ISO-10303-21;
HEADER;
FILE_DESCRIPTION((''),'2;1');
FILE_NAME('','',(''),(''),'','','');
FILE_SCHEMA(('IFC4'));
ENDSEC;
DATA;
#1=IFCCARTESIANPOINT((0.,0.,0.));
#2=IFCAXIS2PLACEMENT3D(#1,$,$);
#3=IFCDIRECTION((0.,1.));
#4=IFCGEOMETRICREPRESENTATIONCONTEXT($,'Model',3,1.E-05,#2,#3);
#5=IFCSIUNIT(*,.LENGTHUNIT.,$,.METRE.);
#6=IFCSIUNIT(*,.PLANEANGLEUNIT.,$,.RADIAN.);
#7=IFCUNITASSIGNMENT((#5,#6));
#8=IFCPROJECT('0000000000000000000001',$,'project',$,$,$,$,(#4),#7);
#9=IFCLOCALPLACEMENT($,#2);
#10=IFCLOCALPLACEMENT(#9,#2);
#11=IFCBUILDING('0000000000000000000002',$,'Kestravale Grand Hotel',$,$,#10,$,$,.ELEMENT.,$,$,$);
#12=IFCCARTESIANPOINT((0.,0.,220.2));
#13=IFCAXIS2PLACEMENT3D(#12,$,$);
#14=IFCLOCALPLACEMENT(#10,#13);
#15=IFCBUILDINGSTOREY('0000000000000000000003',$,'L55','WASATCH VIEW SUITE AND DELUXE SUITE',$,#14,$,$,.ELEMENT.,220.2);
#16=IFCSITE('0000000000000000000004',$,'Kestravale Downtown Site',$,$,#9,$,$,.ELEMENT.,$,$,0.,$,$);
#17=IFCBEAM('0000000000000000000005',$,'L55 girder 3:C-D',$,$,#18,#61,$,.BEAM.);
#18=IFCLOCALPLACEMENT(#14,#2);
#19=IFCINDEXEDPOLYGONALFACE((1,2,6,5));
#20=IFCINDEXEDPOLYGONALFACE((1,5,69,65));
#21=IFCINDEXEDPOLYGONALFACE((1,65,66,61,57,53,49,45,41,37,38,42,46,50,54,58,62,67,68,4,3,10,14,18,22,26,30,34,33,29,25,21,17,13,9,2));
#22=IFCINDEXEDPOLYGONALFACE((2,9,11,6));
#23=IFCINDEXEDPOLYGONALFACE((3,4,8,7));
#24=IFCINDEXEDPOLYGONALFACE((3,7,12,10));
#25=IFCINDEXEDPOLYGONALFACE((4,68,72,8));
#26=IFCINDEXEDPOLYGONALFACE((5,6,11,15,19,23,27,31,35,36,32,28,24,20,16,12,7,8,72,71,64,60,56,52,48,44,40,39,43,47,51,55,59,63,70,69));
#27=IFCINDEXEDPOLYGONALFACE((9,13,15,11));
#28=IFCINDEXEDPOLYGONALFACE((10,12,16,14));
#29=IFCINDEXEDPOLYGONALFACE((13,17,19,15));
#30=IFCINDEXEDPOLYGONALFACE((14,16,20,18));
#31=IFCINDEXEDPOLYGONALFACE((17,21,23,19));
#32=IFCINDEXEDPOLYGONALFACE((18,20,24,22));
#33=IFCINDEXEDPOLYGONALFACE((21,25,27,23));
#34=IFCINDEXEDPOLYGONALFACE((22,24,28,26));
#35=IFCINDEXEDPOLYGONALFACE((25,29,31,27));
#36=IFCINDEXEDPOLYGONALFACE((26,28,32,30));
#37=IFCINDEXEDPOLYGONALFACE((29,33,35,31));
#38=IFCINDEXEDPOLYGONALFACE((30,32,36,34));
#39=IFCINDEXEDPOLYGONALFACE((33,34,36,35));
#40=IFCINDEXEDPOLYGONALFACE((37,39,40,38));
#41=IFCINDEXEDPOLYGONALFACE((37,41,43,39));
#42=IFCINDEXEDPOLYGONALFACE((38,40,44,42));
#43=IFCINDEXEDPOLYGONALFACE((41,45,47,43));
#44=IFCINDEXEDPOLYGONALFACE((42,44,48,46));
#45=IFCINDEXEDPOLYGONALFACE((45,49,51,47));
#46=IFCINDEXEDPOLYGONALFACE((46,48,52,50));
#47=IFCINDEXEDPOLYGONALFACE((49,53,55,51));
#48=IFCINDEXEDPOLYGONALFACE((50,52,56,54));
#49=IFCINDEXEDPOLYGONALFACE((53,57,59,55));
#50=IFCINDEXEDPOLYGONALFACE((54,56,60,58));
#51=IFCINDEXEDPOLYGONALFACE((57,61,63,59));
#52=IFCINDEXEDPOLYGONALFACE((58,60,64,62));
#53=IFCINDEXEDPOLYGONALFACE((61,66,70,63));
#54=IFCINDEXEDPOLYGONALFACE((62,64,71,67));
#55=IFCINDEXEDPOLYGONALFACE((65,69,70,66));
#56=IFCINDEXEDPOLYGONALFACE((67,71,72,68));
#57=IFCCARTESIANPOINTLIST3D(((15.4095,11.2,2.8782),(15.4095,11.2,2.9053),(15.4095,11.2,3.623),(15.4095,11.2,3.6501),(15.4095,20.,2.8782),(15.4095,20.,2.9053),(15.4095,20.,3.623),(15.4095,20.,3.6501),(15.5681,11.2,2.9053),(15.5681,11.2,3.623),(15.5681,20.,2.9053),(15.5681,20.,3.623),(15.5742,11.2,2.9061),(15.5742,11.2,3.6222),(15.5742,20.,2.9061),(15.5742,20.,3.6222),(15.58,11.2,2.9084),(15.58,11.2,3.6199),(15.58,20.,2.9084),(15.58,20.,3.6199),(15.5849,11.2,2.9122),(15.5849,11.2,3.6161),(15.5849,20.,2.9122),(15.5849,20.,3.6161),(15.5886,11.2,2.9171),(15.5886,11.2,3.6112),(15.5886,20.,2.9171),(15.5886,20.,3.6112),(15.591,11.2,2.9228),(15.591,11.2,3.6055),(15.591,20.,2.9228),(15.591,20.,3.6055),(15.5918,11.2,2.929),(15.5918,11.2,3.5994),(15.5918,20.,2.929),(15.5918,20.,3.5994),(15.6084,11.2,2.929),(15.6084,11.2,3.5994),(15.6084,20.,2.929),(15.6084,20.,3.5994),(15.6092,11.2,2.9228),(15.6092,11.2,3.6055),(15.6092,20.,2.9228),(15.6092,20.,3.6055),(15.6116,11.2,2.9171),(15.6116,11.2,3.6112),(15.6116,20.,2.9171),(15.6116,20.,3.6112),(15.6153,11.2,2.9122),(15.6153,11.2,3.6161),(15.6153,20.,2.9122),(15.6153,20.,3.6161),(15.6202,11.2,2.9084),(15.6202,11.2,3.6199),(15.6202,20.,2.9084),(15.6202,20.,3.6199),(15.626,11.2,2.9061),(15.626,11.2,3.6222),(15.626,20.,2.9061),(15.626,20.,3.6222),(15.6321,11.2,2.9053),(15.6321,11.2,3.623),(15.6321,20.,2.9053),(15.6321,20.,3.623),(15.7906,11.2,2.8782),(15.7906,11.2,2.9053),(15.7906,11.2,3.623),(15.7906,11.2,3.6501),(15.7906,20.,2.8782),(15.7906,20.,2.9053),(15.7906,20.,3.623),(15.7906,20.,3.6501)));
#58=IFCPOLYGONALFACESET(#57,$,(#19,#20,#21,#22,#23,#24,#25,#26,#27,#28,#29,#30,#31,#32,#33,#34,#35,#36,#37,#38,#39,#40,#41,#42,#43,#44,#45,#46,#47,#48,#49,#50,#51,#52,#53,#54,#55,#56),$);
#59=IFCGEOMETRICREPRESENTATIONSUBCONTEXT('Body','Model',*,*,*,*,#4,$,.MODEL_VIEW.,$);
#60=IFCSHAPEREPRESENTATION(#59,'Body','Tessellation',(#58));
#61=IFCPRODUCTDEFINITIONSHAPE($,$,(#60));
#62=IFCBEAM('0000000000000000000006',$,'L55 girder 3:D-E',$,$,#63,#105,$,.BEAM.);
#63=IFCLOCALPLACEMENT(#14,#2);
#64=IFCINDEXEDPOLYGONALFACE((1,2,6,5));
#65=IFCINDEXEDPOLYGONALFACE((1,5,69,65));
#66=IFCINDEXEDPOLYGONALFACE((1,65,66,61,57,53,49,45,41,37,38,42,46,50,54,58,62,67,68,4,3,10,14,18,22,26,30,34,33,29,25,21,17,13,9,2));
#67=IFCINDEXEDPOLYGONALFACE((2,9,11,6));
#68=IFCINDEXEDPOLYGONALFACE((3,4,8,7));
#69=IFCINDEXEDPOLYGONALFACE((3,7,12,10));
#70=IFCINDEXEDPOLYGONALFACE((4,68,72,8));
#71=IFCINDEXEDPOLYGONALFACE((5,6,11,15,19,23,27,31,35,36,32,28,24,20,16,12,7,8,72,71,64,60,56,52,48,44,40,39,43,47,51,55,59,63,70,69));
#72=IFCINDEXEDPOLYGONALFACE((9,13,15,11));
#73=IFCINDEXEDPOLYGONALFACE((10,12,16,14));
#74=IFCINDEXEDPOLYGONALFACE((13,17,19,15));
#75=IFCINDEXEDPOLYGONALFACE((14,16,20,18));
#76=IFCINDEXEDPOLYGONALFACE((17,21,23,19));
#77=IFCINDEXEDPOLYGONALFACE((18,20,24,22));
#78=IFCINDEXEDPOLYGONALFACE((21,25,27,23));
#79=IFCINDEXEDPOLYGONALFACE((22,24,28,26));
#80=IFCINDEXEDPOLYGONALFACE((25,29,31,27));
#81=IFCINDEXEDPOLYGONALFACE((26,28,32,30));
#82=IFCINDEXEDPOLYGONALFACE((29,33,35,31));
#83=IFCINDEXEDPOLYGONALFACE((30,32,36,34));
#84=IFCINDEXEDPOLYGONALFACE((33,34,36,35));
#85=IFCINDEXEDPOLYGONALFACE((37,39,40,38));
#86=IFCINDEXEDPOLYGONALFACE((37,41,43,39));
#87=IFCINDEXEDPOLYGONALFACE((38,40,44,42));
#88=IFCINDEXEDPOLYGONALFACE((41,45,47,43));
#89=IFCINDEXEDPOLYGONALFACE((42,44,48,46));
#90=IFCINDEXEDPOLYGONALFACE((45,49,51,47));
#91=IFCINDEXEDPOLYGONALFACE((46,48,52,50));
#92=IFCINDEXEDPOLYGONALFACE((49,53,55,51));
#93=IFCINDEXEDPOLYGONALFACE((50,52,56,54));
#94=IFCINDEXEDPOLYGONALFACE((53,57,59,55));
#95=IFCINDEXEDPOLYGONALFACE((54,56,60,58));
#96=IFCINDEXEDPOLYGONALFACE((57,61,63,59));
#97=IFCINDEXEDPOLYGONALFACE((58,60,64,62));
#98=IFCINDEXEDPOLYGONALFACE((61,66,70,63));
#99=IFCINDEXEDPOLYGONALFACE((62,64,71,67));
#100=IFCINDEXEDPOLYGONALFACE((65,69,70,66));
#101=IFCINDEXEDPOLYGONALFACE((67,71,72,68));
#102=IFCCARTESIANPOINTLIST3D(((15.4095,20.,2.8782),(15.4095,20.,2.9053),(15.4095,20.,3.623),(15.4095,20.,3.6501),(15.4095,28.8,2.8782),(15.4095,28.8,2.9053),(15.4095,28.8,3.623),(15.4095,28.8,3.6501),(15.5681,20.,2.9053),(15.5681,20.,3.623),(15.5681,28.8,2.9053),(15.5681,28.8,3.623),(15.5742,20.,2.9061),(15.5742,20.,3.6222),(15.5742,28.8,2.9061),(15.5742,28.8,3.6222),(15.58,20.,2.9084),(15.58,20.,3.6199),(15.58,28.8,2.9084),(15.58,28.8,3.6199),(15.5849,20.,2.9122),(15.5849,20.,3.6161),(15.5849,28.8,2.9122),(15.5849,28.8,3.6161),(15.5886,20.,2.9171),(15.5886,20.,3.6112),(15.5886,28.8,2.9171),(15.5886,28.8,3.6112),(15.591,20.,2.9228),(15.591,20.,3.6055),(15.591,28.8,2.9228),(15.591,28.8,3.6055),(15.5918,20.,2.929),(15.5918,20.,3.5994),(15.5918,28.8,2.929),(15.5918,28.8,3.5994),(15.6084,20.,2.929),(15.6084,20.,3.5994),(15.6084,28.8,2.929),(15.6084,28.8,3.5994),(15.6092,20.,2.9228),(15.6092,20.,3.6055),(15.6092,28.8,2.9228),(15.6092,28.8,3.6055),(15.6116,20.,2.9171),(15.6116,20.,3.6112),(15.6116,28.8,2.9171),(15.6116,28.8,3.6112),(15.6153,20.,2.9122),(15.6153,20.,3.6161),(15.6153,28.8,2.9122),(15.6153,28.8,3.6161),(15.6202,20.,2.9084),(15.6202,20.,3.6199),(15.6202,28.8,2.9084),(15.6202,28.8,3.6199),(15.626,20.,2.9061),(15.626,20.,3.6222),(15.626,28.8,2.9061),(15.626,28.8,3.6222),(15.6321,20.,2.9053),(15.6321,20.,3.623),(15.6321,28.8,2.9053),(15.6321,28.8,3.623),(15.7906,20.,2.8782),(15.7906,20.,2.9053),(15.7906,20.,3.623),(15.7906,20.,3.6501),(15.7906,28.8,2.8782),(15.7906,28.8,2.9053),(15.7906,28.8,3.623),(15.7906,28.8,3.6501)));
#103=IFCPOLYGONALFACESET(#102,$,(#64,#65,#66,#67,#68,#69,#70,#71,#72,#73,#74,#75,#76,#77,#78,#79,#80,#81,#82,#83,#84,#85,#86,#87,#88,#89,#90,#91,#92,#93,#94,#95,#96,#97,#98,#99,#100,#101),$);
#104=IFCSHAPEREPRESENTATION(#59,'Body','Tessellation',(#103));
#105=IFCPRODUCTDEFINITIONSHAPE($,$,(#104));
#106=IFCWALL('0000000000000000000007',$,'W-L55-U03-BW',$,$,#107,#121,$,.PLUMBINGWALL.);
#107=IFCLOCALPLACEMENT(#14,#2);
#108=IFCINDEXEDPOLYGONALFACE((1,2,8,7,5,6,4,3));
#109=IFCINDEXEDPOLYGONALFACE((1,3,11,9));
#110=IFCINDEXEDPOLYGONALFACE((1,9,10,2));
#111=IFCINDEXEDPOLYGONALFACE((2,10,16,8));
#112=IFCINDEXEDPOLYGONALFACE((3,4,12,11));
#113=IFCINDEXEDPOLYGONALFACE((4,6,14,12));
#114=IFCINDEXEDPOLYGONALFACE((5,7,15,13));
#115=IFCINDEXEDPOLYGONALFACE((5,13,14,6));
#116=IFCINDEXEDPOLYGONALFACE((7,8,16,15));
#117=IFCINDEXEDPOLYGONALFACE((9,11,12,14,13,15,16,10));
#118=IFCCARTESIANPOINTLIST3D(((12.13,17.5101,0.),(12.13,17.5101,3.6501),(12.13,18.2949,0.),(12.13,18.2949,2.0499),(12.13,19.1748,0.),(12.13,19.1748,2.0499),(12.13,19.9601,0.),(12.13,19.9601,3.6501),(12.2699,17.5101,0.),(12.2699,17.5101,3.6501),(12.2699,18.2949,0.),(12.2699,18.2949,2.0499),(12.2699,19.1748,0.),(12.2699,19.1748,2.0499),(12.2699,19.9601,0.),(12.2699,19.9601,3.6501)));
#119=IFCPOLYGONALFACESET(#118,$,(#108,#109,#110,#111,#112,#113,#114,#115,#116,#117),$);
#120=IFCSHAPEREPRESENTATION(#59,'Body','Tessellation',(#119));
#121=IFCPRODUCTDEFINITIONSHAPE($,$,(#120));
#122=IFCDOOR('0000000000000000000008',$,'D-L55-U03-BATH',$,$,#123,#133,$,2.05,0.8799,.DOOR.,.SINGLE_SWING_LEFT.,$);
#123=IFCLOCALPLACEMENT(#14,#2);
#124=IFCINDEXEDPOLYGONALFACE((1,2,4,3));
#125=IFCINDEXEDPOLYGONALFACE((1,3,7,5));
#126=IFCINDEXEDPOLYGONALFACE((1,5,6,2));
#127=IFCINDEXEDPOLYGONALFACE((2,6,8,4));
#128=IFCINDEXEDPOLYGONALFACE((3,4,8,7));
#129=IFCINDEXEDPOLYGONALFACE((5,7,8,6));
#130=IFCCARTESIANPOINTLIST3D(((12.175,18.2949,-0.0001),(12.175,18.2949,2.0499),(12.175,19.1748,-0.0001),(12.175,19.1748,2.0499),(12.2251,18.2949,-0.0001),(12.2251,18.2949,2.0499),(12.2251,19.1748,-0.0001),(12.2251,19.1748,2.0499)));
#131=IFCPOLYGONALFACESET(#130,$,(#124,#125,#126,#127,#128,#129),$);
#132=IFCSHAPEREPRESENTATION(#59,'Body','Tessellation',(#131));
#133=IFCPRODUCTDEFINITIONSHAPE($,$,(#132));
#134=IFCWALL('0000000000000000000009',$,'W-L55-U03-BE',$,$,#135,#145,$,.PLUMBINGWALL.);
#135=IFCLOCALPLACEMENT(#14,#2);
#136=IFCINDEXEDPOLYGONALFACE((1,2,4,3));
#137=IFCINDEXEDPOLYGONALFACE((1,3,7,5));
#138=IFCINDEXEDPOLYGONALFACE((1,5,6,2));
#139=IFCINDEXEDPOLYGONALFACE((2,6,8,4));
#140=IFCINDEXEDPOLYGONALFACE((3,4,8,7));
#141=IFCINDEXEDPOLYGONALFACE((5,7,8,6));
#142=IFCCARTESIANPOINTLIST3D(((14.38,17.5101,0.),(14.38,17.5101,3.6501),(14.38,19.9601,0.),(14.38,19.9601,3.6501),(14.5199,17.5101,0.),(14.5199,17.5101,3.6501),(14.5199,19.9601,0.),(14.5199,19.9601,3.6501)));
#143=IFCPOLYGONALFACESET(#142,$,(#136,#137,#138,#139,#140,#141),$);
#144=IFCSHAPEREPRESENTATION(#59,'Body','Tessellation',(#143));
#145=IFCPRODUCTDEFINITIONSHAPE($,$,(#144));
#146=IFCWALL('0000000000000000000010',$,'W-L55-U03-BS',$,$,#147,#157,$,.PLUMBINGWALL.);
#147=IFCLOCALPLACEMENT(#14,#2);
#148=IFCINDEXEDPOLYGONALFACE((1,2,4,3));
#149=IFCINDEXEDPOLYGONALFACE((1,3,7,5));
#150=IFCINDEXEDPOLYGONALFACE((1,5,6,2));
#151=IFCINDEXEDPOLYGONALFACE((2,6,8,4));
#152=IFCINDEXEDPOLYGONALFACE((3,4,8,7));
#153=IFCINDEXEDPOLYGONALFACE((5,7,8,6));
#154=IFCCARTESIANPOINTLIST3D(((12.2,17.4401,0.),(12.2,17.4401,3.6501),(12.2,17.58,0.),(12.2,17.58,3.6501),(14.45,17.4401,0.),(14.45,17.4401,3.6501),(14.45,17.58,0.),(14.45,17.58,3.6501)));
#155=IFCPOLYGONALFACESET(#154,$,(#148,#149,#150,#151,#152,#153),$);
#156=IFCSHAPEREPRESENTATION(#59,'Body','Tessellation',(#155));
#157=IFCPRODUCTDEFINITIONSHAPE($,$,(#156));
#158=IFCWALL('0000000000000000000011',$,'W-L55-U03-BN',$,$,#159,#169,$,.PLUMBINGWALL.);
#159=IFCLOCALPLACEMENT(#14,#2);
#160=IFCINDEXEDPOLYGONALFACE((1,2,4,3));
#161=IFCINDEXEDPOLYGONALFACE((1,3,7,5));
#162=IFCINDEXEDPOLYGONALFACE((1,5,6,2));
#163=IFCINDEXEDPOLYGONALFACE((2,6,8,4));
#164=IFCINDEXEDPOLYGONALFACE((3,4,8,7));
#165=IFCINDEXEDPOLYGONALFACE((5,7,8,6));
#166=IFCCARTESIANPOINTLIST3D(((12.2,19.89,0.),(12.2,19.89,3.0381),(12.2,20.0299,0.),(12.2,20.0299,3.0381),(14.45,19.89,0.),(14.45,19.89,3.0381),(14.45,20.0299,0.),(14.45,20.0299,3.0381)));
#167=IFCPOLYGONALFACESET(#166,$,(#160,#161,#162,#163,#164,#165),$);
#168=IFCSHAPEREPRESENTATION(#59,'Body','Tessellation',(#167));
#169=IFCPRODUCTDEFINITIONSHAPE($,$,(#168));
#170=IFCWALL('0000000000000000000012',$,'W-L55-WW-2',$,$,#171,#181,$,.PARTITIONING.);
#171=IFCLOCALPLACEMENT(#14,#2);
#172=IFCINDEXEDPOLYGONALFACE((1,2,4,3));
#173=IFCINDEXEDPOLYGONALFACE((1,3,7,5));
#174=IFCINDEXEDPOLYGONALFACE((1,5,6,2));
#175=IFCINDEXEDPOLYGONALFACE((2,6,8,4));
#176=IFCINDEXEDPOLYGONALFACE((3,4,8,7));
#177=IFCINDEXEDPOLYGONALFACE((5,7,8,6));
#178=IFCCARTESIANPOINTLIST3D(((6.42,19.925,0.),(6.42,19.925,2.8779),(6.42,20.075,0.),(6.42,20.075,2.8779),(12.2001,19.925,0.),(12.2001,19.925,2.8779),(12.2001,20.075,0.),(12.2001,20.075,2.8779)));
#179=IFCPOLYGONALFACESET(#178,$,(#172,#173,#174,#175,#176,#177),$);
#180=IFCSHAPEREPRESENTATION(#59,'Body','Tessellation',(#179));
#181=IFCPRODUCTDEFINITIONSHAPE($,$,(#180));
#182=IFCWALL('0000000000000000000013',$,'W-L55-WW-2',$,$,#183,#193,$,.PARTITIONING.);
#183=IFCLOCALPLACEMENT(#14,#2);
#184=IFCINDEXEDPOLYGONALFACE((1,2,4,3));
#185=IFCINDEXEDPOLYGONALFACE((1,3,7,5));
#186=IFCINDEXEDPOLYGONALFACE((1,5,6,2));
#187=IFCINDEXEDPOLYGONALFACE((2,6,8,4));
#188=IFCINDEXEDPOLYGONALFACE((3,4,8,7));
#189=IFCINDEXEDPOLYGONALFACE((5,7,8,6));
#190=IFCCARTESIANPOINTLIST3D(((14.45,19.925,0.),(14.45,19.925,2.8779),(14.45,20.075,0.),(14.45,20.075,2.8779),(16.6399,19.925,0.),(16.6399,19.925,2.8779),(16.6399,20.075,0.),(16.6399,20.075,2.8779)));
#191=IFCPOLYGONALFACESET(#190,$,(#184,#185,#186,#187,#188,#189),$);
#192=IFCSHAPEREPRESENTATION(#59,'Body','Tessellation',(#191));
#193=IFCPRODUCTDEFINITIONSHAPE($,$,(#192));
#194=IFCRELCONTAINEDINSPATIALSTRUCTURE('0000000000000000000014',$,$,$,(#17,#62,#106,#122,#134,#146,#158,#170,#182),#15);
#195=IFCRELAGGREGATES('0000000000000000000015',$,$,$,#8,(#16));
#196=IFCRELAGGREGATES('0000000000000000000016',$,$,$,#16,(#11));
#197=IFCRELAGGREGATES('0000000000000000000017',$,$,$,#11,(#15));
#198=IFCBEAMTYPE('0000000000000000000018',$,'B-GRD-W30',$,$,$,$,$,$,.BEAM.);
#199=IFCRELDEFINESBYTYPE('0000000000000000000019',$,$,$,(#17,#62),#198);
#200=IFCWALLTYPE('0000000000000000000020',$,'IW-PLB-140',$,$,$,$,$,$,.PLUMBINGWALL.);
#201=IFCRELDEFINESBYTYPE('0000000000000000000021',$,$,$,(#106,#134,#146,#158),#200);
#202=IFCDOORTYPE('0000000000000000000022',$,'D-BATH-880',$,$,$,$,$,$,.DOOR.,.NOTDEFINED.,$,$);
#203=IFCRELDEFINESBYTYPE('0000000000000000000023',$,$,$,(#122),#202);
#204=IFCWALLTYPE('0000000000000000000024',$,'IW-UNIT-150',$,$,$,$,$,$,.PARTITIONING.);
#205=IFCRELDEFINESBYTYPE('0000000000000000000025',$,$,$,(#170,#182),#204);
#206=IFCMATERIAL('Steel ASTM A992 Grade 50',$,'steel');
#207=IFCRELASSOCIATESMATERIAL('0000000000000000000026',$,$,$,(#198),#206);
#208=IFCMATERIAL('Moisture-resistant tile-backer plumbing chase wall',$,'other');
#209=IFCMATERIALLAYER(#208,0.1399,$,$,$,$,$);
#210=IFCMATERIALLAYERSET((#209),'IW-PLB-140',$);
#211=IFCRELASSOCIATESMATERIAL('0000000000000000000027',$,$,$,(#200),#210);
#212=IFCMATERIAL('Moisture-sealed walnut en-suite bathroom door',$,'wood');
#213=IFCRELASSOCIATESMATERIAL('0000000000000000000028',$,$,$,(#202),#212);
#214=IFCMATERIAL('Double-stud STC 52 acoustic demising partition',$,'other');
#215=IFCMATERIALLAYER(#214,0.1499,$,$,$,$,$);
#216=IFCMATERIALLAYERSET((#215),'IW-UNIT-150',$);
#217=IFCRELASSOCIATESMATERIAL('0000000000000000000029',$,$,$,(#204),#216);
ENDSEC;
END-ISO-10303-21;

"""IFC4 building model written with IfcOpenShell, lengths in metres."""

from ifc_helpers import new_model, si_unit, direction, frame, frame_2d, origin, origin_2d, place, context, subcontext, project, spatial, rectangle, i_section, extrude, material, layer, layer_set, material_profile, profile_set, type_object, element, fill, save


model = new_model("IFC4")

# Units and contexts
model_context = context("Model", 3, precision=1e-05, world=origin(), true_north=direction((0.0, 1.0)))
body_context = subcontext(model_context, "Body", "Model", "MODEL_VIEW")
ifc_project = project(units=[si_unit("LENGTHUNIT", "METRE"), si_unit("PLANEANGLEUNIT", "RADIAN")], contexts=[model_context])

# Site, building, storey
site_placement = place(None, origin())
site = spatial("IfcSite", under=ifc_project, at=site_placement, Name="Kestravale Downtown Site", CompositionType="ELEMENT", RefElevation=0.0)
building_placement = place(site_placement, origin())
building = spatial("IfcBuilding", under=site, at=building_placement, Name="Kestravale Grand Hotel", CompositionType="ELEMENT")
storey_placement = place(building_placement, frame((0.0, 0.0, 220.2)))
storey = spatial("IfcBuildingStorey", under=building, at=storey_placement, Name="L55", Description="WASATCH VIEW SUITE AND DELUXE SUITE", CompositionType="ELEMENT", Elevation=220.2)

# Beams
ifc_material_1 = material(Name="Steel ASTM A992 Grade 50", Category="steel")
ifc_material_profile_1 = material_profile(ifc_material_1, i_section(OverallWidth=0.3811, OverallDepth=0.772, WebThickness=0.0166, FlangeThickness=0.0271, FilletRadius=0.0237, at=origin_2d()))
ifc_profile_set_1 = profile_set([ifc_material_profile_1], Name="Steel ASTM A992 Grade 50")
beam_type_1 = type_object("IfcBeamType", Name="B-GRD-W30", PredefinedType="BEAM", material=ifc_profile_set_1)
for number, where, z_axis, x_axis, name in (
    (1, (15.6001, 11.2, 3.2642), (0.0, 1.0, 0.0), (-1.0, 0.0, 0.0), "L55 girder 3:C-D"),
    (2, (15.6001, 20.0, 3.2642), (0.0, 1.0, 0.0), (-1.0, 0.0, 0.0), "L55 girder 3:D-E"),
):
    element("IfcBeam", number, at=place(storey_placement, frame(where, z_axis=z_axis, x_axis=x_axis)), inside=storey, type_object=beam_type_1, Name=name, PredefinedType="BEAM", context=body_context, shape_type="SweptSolid", body=[
        extrude(i_section(OverallWidth=0.3811, OverallDepth=0.772, WebThickness=0.0166, FlangeThickness=0.0271, FilletRadius=0.0237, at=origin_2d()), origin(), (0.0, 0.0, 1.0), 8.8),
    ])

# Wall, opening, door
ifc_material_2 = material(Name="Moisture-resistant tile-backer plumbing chase wall", Category="other")
ifc_layer_1 = layer(ifc_material_2, 0.1399)
ifc_layer_set_1 = layer_set([ifc_layer_1], Name="IW-PLB-140")
wall_type_1 = type_object("IfcWallType", Name="IW-PLB-140", PredefinedType="PLUMBINGWALL", material=ifc_layer_set_1)
wall_1_placement = place(storey_placement, frame((12.2, 17.51, 0.0), z_axis=(0.0, 0.0, 1.0), x_axis=(0.0, 1.0, 0.0)))
wall_1 = element("IfcWall", 3, at=wall_1_placement, inside=storey, type_object=wall_type_1, Name="W-L55-U03-BW", PredefinedType="PLUMBINGWALL", context=body_context, shape_type="SweptSolid", body=[
    extrude(rectangle(XDim=2.45, YDim=0.1399, at=frame_2d((1.2251, 0.0))), origin(), (0.0, 0.0, 1.0), 3.6501),
])
opening_placement = place(wall_1_placement, frame((0.7849, 0.0, 0.0)))
opening = element("IfcOpeningElement", 4, at=opening_placement, cuts=wall_1, PredefinedType="OPENING", context=body_context, shape_type="SweptSolid", body=[
    extrude(rectangle(XDim=0.8799, YDim=2.05, at=frame_2d((0.4399, 1.0249))), frame((0.0, 0.0798, 0.0), z_axis=(0.0, -1.0, 0.0), x_axis=(1.0, 0.0, 0.0)), (0.0, 0.0, 1.0), 0.1599),
])
ifc_material_3 = material(Name="Moisture-sealed walnut en-suite bathroom door", Category="wood")
door_type = type_object("IfcDoorType", Name="D-BATH-880", OperationType="NOTDEFINED", PredefinedType="DOOR", material=ifc_material_3)
door_placement = place(opening_placement, origin())
door = element("IfcDoor", 5, at=door_placement, inside=storey, type_object=door_type, Name="D-L55-U03-BATH", OperationType="SINGLE_SWING_LEFT", OverallHeight=2.05, OverallWidth=0.8799, PredefinedType="DOOR", context=body_context, shape_type="SweptSolid", body=[
    extrude(rectangle(XDim=0.8799, YDim=2.05, at=frame_2d((0.4399, 1.0249))), frame((0.0, 0.0249, 0.0), z_axis=(0.0, -1.0, 0.0), x_axis=(1.0, 0.0, 0.0)), (0.0, 0.0, 1.0), 0.05),
])
fill(opening, door)

# Walls
wall_2_placement = place(storey_placement, frame((14.45, 17.51, 0.0), z_axis=(0.0, 0.0, 1.0), x_axis=(0.0, 1.0, 0.0)))
element("IfcWall", 6, at=wall_2_placement, inside=storey, type_object=wall_type_1, Name="W-L55-U03-BE", PredefinedType="PLUMBINGWALL", context=body_context, shape_type="SweptSolid", body=[
    extrude(rectangle(XDim=2.45, YDim=0.1399, at=frame_2d((1.2251, 0.0))), origin(), (0.0, 0.0, 1.0), 3.6501),
])
wall_3_placement = place(storey_placement, frame((12.2, 17.51, 0.0), z_axis=(0.0, 0.0, 1.0), x_axis=(1.0, 0.0, 0.0)))
element("IfcWall", 7, at=wall_3_placement, inside=storey, type_object=wall_type_1, Name="W-L55-U03-BS", PredefinedType="PLUMBINGWALL", context=body_context, shape_type="SweptSolid", body=[
    extrude(rectangle(XDim=2.25, YDim=0.1399, at=frame_2d((1.125, 0.0))), origin(), (0.0, 0.0, 1.0), 3.6501),
])
wall_4_placement = place(storey_placement, frame((12.2, 19.96, 0.0), z_axis=(0.0, 0.0, 1.0), x_axis=(1.0, 0.0, 0.0)))
element("IfcWall", 8, at=wall_4_placement, inside=storey, type_object=wall_type_1, Name="W-L55-U03-BN", PredefinedType="PLUMBINGWALL", context=body_context, shape_type="SweptSolid", body=[
    extrude(rectangle(XDim=2.25, YDim=0.1399, at=frame_2d((1.125, 0.0))), origin(), (0.0, 0.0, 1.0), 3.0381),
])
ifc_material_4 = material(Name="Double-stud STC 52 acoustic demising partition", Category="other")
ifc_layer_2 = layer(ifc_material_4, 0.1499)
ifc_layer_set_2 = layer_set([ifc_layer_2], Name="IW-UNIT-150")
wall_type_2 = type_object("IfcWallType", Name="IW-UNIT-150", PredefinedType="PARTITIONING", material=ifc_layer_set_2)
wall_5_placement = place(storey_placement, frame((6.4199, 20.0, 0.0), z_axis=(0.0, 0.0, 1.0), x_axis=(1.0, 0.0, 0.0)))
element("IfcWall", 9, at=wall_5_placement, inside=storey, type_object=wall_type_2, Name="W-L55-WW-2", PredefinedType="PARTITIONING", context=body_context, shape_type="SweptSolid", body=[
    extrude(rectangle(XDim=5.78, YDim=0.1499, at=frame_2d((2.8901, 0.0))), origin(), (0.0, 0.0, 1.0), 2.8779),
])
wall_6_placement = place(storey_placement, frame((14.45, 20.0, 0.0), z_axis=(0.0, 0.0, 1.0), x_axis=(1.0, 0.0, 0.0)))
element("IfcWall", 10, at=wall_6_placement, inside=storey, type_object=wall_type_2, Name="W-L55-WW-2", PredefinedType="PARTITIONING", context=body_context, shape_type="SweptSolid", body=[
    extrude(rectangle(XDim=2.1899, YDim=0.1499, at=frame_2d((1.095, 0.0))), origin(), (0.0, 0.0, 1.0), 2.8779),
])

save(model, "model.ifc")
